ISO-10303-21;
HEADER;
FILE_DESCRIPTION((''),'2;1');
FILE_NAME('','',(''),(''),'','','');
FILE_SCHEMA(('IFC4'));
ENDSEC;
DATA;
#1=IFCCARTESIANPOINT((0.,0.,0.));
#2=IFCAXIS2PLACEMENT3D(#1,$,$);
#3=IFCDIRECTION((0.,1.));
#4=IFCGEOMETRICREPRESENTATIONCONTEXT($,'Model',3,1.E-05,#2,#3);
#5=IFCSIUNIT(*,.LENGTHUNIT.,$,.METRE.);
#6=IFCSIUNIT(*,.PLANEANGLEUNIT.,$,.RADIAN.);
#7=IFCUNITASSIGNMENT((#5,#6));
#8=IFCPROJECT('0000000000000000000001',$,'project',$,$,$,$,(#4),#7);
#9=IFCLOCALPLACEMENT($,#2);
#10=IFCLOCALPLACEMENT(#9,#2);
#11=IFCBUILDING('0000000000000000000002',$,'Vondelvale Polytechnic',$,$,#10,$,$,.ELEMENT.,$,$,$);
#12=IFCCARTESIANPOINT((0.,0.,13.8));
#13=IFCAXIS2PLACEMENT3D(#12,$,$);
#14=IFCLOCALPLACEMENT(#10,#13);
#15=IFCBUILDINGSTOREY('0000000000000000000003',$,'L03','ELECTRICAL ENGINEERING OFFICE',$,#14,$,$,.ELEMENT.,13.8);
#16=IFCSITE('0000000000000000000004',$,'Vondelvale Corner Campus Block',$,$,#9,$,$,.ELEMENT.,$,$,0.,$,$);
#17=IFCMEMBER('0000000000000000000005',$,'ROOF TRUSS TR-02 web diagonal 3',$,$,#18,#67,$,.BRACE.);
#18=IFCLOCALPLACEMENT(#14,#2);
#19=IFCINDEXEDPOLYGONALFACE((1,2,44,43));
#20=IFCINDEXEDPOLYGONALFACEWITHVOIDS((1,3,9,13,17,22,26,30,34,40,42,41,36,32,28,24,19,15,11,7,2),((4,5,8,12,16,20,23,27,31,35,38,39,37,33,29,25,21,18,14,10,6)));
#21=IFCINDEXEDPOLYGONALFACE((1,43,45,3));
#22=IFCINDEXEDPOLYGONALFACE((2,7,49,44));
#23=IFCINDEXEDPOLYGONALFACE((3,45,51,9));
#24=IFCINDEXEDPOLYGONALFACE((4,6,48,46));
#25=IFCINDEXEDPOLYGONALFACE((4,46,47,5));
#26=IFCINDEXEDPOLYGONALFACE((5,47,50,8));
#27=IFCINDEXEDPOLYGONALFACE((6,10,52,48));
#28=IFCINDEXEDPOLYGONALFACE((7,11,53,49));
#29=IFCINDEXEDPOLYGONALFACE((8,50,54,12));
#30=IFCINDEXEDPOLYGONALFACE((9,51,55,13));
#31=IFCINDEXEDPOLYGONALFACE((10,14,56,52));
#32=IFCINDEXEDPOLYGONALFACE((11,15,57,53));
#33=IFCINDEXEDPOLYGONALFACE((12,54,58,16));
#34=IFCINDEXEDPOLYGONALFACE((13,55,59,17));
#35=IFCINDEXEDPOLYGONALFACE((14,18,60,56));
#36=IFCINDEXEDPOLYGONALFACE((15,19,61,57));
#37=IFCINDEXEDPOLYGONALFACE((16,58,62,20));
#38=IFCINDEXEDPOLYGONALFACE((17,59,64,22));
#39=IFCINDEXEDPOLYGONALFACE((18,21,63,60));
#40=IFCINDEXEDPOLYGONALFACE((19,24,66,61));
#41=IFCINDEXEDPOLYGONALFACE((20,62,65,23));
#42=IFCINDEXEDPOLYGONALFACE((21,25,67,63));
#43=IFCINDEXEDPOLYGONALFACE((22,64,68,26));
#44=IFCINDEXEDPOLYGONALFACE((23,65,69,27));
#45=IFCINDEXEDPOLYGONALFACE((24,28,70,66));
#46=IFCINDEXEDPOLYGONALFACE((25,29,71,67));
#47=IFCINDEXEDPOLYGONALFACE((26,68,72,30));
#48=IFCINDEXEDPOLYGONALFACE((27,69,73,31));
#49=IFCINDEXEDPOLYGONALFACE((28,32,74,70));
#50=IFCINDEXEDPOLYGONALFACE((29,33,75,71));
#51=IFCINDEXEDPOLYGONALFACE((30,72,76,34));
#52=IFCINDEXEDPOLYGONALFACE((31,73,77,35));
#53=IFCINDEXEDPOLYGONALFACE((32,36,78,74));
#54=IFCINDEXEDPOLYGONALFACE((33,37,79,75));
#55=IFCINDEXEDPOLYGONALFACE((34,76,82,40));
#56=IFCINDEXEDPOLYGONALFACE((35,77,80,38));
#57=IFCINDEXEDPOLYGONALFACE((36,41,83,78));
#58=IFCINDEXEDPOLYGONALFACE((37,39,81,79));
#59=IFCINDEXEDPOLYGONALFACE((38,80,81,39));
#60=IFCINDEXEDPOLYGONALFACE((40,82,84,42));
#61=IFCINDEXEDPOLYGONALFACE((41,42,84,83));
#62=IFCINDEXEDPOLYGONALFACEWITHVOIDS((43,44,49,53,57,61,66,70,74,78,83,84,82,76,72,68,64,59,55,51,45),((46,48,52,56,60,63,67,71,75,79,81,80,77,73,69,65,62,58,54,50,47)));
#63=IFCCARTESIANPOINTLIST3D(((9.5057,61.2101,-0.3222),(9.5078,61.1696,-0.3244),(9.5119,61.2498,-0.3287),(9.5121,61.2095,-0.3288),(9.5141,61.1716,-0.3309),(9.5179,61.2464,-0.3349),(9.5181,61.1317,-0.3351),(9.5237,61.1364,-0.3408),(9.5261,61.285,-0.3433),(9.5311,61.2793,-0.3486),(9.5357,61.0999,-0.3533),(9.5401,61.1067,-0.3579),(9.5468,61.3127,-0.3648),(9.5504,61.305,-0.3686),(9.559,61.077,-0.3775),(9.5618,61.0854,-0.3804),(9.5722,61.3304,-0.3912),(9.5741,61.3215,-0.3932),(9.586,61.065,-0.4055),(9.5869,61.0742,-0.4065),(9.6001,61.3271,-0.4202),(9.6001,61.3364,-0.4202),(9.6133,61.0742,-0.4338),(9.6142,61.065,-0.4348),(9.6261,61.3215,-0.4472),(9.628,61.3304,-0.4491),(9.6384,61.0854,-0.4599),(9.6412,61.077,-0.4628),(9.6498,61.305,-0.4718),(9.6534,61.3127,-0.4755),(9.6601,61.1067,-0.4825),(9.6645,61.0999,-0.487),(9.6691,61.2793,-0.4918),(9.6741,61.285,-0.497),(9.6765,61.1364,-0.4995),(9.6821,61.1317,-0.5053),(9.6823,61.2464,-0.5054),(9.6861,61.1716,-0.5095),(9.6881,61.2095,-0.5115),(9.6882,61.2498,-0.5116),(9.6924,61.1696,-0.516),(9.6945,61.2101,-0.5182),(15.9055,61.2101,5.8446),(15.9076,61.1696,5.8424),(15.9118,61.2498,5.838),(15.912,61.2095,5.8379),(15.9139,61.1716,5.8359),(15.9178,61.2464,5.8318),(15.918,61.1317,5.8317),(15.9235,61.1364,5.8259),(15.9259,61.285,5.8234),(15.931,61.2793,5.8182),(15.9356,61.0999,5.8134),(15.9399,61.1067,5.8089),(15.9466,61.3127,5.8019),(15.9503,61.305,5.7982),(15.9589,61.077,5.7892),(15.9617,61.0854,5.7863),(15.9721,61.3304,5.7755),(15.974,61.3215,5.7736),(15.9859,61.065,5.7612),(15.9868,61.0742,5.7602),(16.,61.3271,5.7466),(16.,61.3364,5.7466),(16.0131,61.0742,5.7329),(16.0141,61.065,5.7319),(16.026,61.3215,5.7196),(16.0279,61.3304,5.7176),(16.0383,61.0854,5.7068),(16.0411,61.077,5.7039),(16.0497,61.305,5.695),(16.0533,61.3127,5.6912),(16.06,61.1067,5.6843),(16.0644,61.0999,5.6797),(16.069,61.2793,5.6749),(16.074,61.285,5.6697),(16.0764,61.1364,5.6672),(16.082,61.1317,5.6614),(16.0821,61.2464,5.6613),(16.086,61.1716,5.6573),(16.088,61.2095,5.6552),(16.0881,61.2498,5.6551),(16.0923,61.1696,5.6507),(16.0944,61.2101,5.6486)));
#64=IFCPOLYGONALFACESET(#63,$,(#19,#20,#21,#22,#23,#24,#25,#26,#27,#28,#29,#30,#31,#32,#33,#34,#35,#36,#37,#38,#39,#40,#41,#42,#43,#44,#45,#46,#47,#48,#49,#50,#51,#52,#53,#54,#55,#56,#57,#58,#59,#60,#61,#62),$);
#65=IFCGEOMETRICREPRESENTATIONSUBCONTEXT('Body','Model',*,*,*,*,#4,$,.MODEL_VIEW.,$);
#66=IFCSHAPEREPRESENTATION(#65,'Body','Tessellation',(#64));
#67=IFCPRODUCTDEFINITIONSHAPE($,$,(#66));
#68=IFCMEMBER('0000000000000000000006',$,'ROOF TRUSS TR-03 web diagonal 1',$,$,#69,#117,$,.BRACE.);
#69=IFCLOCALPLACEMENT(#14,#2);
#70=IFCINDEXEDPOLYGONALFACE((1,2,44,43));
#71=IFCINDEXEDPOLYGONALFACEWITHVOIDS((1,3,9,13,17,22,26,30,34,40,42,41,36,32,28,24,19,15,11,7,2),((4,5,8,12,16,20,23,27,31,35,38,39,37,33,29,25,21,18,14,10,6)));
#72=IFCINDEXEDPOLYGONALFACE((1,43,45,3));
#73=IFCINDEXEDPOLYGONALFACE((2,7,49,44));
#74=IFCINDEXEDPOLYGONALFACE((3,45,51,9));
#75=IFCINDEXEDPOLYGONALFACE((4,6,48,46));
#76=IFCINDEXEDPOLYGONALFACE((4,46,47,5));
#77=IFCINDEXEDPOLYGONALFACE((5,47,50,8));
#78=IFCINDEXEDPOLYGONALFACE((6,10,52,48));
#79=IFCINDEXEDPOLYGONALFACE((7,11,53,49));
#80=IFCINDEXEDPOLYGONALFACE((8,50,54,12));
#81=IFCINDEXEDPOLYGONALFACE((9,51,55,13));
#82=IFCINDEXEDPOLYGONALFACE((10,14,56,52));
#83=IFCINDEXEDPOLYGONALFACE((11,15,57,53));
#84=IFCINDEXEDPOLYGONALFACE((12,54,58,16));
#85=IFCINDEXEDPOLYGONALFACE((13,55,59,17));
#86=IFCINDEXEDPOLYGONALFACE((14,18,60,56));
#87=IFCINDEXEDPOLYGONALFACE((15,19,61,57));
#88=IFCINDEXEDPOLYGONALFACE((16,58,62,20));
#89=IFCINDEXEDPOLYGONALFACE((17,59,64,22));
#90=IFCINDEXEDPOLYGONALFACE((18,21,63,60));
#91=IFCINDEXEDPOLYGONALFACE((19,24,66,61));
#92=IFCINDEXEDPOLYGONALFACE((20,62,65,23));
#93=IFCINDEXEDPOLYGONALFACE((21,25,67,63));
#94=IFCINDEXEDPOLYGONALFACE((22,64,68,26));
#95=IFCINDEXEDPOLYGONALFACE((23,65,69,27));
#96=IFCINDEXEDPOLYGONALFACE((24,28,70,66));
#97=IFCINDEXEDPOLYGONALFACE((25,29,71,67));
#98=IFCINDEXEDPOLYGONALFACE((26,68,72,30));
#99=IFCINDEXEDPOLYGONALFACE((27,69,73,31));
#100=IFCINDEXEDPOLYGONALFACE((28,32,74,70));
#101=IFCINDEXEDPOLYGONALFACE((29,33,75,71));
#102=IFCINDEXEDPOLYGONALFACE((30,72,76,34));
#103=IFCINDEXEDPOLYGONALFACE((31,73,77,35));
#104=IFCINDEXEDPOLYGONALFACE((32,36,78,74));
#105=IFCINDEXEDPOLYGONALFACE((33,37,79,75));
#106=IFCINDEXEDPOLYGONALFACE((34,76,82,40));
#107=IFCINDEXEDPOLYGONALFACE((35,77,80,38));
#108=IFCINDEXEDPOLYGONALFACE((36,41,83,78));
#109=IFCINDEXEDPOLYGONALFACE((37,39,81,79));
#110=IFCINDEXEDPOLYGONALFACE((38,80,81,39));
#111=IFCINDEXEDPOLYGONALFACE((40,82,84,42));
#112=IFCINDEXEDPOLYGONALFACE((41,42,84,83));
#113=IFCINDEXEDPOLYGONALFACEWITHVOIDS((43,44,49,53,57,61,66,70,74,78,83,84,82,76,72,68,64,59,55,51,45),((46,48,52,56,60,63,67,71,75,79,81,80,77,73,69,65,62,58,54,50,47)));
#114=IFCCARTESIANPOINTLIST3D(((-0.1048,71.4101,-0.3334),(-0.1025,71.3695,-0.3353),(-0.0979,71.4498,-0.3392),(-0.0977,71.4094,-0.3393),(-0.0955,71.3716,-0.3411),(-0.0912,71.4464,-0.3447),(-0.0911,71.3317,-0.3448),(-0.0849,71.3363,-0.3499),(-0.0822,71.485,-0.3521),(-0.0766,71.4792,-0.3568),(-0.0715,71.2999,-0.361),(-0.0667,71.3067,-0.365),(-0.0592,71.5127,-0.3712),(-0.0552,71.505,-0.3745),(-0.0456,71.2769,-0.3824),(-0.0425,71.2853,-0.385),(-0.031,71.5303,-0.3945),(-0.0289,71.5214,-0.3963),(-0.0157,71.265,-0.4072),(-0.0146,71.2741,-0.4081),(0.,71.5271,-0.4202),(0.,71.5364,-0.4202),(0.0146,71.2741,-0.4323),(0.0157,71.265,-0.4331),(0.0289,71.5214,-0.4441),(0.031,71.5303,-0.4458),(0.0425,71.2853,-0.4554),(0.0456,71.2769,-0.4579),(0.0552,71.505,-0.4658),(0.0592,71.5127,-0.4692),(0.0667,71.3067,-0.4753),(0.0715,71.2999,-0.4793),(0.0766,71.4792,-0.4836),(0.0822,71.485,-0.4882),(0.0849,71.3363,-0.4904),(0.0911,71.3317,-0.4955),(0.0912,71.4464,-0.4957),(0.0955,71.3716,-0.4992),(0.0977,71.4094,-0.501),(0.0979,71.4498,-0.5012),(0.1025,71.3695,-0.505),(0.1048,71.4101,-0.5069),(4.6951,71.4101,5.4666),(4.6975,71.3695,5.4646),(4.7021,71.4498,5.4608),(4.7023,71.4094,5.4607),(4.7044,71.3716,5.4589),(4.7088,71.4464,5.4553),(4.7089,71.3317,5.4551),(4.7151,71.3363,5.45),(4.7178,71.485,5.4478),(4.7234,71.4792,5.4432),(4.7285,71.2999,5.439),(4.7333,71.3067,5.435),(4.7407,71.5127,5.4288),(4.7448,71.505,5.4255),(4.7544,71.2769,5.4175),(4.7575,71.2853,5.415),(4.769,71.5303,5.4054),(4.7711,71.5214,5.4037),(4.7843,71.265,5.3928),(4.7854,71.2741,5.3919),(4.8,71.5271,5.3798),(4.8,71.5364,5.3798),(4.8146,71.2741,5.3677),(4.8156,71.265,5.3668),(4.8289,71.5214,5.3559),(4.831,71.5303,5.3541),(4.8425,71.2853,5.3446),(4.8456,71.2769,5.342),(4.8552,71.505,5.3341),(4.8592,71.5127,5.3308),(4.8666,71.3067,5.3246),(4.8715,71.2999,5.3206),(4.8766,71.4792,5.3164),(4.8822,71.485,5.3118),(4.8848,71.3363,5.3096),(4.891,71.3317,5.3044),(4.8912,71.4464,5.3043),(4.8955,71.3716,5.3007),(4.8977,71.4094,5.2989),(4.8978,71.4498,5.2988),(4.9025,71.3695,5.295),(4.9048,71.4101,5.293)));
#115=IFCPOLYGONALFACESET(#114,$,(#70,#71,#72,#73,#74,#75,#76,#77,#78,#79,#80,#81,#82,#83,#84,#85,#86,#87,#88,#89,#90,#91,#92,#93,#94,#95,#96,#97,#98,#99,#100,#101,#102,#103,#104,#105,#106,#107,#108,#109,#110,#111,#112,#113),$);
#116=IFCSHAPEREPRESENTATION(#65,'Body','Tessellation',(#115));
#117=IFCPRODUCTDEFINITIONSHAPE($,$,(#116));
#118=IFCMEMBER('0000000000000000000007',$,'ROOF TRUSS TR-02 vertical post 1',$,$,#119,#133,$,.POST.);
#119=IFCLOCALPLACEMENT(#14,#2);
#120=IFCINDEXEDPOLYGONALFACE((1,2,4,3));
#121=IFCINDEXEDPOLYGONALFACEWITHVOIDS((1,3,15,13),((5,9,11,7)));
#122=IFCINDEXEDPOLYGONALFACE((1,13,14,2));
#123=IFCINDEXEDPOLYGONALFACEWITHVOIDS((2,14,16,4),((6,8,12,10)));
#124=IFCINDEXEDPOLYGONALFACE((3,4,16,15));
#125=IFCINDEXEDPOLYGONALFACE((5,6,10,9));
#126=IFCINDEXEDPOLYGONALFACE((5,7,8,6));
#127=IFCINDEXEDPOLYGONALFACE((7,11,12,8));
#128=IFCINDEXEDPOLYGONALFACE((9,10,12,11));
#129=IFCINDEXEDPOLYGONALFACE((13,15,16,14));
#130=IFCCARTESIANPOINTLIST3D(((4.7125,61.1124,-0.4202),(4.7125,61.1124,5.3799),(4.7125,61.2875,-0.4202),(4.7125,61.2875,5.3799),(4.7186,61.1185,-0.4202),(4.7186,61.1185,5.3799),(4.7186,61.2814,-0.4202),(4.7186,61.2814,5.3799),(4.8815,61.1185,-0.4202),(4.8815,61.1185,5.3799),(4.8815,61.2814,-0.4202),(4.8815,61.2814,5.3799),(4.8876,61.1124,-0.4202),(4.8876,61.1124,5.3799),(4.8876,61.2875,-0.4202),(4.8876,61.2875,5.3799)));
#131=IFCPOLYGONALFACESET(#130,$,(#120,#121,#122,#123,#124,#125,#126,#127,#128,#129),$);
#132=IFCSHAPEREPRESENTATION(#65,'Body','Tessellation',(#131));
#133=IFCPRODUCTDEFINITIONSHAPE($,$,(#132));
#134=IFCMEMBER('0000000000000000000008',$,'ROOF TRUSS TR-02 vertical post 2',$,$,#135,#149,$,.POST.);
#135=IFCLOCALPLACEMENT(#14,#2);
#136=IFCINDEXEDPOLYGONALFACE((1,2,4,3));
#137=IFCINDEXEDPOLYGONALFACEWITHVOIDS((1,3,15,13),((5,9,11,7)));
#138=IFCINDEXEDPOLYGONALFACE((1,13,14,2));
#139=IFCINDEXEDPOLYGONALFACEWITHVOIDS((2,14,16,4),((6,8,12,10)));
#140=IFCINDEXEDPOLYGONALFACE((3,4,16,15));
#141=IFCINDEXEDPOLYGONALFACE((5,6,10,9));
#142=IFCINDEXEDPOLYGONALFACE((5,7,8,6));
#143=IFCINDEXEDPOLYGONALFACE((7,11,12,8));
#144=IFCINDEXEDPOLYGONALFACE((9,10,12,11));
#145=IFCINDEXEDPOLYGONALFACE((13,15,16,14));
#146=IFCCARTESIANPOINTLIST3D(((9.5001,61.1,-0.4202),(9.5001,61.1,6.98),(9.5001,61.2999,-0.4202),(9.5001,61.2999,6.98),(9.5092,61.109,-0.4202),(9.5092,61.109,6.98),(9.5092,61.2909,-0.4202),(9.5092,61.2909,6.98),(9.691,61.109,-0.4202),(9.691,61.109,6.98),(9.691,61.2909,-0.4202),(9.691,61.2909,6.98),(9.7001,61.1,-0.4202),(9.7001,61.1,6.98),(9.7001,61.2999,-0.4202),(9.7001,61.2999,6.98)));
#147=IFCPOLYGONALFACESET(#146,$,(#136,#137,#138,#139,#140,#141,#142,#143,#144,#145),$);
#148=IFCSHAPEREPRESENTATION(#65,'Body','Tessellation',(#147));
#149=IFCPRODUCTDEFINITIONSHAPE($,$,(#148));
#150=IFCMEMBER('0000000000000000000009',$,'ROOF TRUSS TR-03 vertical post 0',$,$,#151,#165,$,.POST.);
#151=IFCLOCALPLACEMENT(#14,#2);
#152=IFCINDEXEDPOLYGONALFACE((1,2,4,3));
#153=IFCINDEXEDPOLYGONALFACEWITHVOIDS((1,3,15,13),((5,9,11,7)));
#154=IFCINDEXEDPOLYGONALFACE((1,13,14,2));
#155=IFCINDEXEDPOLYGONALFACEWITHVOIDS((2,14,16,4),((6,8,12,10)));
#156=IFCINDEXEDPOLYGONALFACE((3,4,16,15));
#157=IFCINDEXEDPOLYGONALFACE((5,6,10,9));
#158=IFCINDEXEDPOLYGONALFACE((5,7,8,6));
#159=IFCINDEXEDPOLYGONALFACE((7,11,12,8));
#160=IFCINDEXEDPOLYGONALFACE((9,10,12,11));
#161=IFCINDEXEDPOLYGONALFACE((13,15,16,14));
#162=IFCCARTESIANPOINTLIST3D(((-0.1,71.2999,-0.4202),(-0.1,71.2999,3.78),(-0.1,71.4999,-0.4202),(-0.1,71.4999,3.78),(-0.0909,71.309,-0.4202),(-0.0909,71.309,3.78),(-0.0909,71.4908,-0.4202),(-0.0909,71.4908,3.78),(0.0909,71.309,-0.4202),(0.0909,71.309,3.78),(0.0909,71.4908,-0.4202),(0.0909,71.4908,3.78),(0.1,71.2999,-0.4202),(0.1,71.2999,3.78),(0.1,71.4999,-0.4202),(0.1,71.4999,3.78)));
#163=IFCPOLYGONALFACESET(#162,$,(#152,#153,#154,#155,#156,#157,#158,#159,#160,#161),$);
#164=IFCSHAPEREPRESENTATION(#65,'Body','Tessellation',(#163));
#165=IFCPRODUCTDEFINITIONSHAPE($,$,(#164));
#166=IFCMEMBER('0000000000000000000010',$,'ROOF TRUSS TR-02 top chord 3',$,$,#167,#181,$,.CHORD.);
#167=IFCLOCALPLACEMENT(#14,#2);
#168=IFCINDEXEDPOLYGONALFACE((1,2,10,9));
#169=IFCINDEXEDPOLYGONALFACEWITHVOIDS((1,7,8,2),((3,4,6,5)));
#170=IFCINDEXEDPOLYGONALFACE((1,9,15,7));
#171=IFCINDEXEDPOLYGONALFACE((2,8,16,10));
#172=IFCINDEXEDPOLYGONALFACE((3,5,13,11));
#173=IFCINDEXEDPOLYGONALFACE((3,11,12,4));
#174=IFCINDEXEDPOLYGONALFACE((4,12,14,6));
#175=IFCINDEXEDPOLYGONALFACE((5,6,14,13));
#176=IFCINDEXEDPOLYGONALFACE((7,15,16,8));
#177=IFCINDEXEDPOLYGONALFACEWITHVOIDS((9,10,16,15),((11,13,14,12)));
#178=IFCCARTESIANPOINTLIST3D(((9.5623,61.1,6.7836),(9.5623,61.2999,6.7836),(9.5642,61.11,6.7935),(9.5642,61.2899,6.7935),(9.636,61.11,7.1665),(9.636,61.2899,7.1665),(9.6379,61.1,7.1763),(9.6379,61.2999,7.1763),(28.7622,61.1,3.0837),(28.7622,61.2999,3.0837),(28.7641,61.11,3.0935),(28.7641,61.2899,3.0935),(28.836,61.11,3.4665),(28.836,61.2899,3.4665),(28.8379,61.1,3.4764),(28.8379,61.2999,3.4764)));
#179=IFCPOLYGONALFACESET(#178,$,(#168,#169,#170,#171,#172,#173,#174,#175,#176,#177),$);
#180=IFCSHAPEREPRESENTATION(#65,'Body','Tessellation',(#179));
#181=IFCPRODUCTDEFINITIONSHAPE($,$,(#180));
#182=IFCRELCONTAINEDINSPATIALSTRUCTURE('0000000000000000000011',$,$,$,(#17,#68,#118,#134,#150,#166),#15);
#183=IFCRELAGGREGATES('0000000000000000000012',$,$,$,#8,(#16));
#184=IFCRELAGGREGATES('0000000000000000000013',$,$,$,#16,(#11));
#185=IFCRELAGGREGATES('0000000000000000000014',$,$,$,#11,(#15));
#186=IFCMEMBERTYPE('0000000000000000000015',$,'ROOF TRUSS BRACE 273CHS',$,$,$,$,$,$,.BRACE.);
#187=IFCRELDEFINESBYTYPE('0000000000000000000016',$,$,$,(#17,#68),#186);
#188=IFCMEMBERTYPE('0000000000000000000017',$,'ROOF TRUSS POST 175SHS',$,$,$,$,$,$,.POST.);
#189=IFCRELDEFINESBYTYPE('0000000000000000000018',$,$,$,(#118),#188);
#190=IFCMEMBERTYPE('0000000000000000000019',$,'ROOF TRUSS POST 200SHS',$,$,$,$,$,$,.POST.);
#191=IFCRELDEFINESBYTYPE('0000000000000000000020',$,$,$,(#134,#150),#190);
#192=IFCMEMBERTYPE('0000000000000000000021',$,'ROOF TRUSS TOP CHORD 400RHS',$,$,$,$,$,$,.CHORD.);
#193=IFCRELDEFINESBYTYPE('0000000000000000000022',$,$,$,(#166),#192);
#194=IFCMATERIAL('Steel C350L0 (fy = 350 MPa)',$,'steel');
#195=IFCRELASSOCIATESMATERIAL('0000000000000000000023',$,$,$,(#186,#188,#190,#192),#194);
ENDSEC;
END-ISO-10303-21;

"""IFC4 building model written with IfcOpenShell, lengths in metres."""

from ifc_helpers import new_model, si_unit, direction, frame, origin, origin_2d, place, context, subcontext, project, spatial, hollow_rectangle, hollow_circle, extrude, material, material_profile, profile_set, type_object, element, save


model = new_model("IFC4")

# Units and contexts
model_context = context("Model", 3, precision=1e-05, world=origin(), true_north=direction((0.0, 1.0)))
body_context = subcontext(model_context, "Body", "Model", "MODEL_VIEW")
ifc_project = project(units=[si_unit("LENGTHUNIT", "METRE"), si_unit("PLANEANGLEUNIT", "RADIAN")], contexts=[model_context])

# Site, building, storey
site_placement = place(None, origin())
site = spatial("IfcSite", under=ifc_project, at=site_placement, Name="Vondelvale Corner Campus Block", CompositionType="ELEMENT", RefElevation=0.0)
building_placement = place(site_placement, origin())
building = spatial("IfcBuilding", under=site, at=building_placement, Name="Vondelvale Polytechnic", CompositionType="ELEMENT")
storey_placement = place(building_placement, frame((0.0, 0.0, 13.8)))
storey = spatial("IfcBuildingStorey", under=building, at=storey_placement, Name="L03", Description="ELECTRICAL ENGINEERING OFFICE", CompositionType="ELEMENT", Elevation=13.8)

# Members
ifc_material_1 = material(Name="Steel C350L0 (fy = 350 MPa)", Category="steel")
ifc_material_profile_1 = material_profile(ifc_material_1, hollow_circle(Radius=0.1365, WallThickness=0.0093, at=origin_2d()), Name="273.1x9.3CHS")
ifc_profile_set_1 = profile_set([ifc_material_profile_1], Name="Steel C350L0 (fy = 350 MPa)")
member_type_1 = type_object("IfcMemberType", Name="ROOF TRUSS BRACE 273CHS", PredefinedType="BRACE", material=ifc_profile_set_1)
member_1_placement = place(storey_placement, frame((9.6001, 61.2, -0.4202), z_axis=(0.720102, 0.0, 0.693868), x_axis=(0.0, 1.0, 0.0)))
element("IfcMember", 1, at=member_1_placement, inside=storey, type_object=member_type_1, Name="ROOF TRUSS TR-02 web diagonal 3", PredefinedType="BRACE", context=body_context, shape_type="SweptSolid", body=[
    extrude(hollow_circle(Radius=0.1365, WallThickness=0.0093, at=origin_2d()), origin(), (0.0, 0.0, 1.0), 8.8875),
])
member_2_placement = place(storey_placement, frame((0.0, 71.3999, -0.4202), z_axis=(0.637568, 0.0, 0.770394), x_axis=(0.0, 1.0, 0.0)))
element("IfcMember", 2, at=member_2_placement, inside=storey, type_object=member_type_1, Name="ROOF TRUSS TR-03 web diagonal 1", PredefinedType="BRACE", context=body_context, shape_type="SweptSolid", body=[
    extrude(hollow_circle(Radius=0.1365, WallThickness=0.0093, at=origin_2d()), origin(), (0.0, 0.0, 1.0), 7.5286),
])
ifc_material_profile_2 = material_profile(ifc_material_1, hollow_rectangle(XDim=0.175, YDim=0.175, WallThickness=0.0061, at=origin_2d()), Name="175x175x6.0SHS")
ifc_profile_set_2 = profile_set([ifc_material_profile_2], Name="Steel C350L0 (fy = 350 MPa)")
member_type_2 = type_object("IfcMemberType", Name="ROOF TRUSS POST 175SHS", PredefinedType="POST", material=ifc_profile_set_2)
member_3_placement = place(storey_placement, frame((4.8, 61.2, -0.4202), z_axis=(0.0, 0.0, 1.0), x_axis=(1.0, 0.0, 0.0)))
element("IfcMember", 3, at=member_3_placement, inside=storey, type_object=member_type_2, Name="ROOF TRUSS TR-02 vertical post 1", PredefinedType="POST", context=body_context, shape_type="SweptSolid", body=[
    extrude(hollow_rectangle(XDim=0.175, YDim=0.175, WallThickness=0.0061, at=origin_2d()), origin(), (0.0, 0.0, 1.0), 5.8),
])
ifc_material_profile_3 = material_profile(ifc_material_1, hollow_rectangle(XDim=0.2, YDim=0.2, WallThickness=0.009, at=origin_2d()), Name="200x200x9.0SHS")
ifc_profile_set_3 = profile_set([ifc_material_profile_3], Name="Steel C350L0 (fy = 350 MPa)")
member_type_3 = type_object("IfcMemberType", Name="ROOF TRUSS POST 200SHS", PredefinedType="POST", material=ifc_profile_set_3)
member_4_placement = place(storey_placement, frame((9.6001, 61.2, -0.4202), z_axis=(0.0, 0.0, 1.0), x_axis=(1.0, 0.0, 0.0)))
element("IfcMember", 4, at=member_4_placement, inside=storey, type_object=member_type_3, Name="ROOF TRUSS TR-02 vertical post 2", PredefinedType="POST", context=body_context, shape_type="SweptSolid", body=[
    extrude(hollow_rectangle(XDim=0.2, YDim=0.2, WallThickness=0.009, at=origin_2d()), origin(), (0.0, 0.0, 1.0), 7.4001),
])
member_5_placement = place(storey_placement, frame((0.0, 71.3999, -0.4202), z_axis=(0.0, 0.0, 1.0), x_axis=(1.0, 0.0, 0.0)))
element("IfcMember", 5, at=member_5_placement, inside=storey, type_object=member_type_3, Name="ROOF TRUSS TR-03 vertical post 0", PredefinedType="POST", context=body_context, shape_type="SweptSolid", body=[
    extrude(hollow_rectangle(XDim=0.2, YDim=0.2, WallThickness=0.009, at=origin_2d()), origin(), (0.0, 0.0, 1.0), 4.2002),
])
ifc_material_profile_4 = material_profile(ifc_material_1, hollow_rectangle(XDim=0.2, YDim=0.3999, WallThickness=0.01, at=origin_2d()), Name="400x200x10.0RHS")
ifc_profile_set_4 = profile_set([ifc_material_profile_4], Name="Steel C350L0 (fy = 350 MPa)")
member_type_4 = type_object("IfcMemberType", Name="ROOF TRUSS TOP CHORD 400RHS", PredefinedType="CHORD", material=ifc_profile_set_4)
member_6_placement = place(storey_placement, frame((9.6001, 61.2, 6.98), z_axis=(0.981934, 0.0, -0.189225), x_axis=(0.0, 1.0, 0.0)))
element("IfcMember", 6, at=member_6_placement, inside=storey, type_object=member_type_4, Name="ROOF TRUSS TR-02 top chord 3", PredefinedType="CHORD", context=body_context, shape_type="SweptSolid", body=[
    extrude(hollow_rectangle(XDim=0.2, YDim=0.3999, WallThickness=0.01, at=origin_2d()), origin(), (0.0, 0.0, 1.0), 19.5532),
])

save(model, "model.ifc")
